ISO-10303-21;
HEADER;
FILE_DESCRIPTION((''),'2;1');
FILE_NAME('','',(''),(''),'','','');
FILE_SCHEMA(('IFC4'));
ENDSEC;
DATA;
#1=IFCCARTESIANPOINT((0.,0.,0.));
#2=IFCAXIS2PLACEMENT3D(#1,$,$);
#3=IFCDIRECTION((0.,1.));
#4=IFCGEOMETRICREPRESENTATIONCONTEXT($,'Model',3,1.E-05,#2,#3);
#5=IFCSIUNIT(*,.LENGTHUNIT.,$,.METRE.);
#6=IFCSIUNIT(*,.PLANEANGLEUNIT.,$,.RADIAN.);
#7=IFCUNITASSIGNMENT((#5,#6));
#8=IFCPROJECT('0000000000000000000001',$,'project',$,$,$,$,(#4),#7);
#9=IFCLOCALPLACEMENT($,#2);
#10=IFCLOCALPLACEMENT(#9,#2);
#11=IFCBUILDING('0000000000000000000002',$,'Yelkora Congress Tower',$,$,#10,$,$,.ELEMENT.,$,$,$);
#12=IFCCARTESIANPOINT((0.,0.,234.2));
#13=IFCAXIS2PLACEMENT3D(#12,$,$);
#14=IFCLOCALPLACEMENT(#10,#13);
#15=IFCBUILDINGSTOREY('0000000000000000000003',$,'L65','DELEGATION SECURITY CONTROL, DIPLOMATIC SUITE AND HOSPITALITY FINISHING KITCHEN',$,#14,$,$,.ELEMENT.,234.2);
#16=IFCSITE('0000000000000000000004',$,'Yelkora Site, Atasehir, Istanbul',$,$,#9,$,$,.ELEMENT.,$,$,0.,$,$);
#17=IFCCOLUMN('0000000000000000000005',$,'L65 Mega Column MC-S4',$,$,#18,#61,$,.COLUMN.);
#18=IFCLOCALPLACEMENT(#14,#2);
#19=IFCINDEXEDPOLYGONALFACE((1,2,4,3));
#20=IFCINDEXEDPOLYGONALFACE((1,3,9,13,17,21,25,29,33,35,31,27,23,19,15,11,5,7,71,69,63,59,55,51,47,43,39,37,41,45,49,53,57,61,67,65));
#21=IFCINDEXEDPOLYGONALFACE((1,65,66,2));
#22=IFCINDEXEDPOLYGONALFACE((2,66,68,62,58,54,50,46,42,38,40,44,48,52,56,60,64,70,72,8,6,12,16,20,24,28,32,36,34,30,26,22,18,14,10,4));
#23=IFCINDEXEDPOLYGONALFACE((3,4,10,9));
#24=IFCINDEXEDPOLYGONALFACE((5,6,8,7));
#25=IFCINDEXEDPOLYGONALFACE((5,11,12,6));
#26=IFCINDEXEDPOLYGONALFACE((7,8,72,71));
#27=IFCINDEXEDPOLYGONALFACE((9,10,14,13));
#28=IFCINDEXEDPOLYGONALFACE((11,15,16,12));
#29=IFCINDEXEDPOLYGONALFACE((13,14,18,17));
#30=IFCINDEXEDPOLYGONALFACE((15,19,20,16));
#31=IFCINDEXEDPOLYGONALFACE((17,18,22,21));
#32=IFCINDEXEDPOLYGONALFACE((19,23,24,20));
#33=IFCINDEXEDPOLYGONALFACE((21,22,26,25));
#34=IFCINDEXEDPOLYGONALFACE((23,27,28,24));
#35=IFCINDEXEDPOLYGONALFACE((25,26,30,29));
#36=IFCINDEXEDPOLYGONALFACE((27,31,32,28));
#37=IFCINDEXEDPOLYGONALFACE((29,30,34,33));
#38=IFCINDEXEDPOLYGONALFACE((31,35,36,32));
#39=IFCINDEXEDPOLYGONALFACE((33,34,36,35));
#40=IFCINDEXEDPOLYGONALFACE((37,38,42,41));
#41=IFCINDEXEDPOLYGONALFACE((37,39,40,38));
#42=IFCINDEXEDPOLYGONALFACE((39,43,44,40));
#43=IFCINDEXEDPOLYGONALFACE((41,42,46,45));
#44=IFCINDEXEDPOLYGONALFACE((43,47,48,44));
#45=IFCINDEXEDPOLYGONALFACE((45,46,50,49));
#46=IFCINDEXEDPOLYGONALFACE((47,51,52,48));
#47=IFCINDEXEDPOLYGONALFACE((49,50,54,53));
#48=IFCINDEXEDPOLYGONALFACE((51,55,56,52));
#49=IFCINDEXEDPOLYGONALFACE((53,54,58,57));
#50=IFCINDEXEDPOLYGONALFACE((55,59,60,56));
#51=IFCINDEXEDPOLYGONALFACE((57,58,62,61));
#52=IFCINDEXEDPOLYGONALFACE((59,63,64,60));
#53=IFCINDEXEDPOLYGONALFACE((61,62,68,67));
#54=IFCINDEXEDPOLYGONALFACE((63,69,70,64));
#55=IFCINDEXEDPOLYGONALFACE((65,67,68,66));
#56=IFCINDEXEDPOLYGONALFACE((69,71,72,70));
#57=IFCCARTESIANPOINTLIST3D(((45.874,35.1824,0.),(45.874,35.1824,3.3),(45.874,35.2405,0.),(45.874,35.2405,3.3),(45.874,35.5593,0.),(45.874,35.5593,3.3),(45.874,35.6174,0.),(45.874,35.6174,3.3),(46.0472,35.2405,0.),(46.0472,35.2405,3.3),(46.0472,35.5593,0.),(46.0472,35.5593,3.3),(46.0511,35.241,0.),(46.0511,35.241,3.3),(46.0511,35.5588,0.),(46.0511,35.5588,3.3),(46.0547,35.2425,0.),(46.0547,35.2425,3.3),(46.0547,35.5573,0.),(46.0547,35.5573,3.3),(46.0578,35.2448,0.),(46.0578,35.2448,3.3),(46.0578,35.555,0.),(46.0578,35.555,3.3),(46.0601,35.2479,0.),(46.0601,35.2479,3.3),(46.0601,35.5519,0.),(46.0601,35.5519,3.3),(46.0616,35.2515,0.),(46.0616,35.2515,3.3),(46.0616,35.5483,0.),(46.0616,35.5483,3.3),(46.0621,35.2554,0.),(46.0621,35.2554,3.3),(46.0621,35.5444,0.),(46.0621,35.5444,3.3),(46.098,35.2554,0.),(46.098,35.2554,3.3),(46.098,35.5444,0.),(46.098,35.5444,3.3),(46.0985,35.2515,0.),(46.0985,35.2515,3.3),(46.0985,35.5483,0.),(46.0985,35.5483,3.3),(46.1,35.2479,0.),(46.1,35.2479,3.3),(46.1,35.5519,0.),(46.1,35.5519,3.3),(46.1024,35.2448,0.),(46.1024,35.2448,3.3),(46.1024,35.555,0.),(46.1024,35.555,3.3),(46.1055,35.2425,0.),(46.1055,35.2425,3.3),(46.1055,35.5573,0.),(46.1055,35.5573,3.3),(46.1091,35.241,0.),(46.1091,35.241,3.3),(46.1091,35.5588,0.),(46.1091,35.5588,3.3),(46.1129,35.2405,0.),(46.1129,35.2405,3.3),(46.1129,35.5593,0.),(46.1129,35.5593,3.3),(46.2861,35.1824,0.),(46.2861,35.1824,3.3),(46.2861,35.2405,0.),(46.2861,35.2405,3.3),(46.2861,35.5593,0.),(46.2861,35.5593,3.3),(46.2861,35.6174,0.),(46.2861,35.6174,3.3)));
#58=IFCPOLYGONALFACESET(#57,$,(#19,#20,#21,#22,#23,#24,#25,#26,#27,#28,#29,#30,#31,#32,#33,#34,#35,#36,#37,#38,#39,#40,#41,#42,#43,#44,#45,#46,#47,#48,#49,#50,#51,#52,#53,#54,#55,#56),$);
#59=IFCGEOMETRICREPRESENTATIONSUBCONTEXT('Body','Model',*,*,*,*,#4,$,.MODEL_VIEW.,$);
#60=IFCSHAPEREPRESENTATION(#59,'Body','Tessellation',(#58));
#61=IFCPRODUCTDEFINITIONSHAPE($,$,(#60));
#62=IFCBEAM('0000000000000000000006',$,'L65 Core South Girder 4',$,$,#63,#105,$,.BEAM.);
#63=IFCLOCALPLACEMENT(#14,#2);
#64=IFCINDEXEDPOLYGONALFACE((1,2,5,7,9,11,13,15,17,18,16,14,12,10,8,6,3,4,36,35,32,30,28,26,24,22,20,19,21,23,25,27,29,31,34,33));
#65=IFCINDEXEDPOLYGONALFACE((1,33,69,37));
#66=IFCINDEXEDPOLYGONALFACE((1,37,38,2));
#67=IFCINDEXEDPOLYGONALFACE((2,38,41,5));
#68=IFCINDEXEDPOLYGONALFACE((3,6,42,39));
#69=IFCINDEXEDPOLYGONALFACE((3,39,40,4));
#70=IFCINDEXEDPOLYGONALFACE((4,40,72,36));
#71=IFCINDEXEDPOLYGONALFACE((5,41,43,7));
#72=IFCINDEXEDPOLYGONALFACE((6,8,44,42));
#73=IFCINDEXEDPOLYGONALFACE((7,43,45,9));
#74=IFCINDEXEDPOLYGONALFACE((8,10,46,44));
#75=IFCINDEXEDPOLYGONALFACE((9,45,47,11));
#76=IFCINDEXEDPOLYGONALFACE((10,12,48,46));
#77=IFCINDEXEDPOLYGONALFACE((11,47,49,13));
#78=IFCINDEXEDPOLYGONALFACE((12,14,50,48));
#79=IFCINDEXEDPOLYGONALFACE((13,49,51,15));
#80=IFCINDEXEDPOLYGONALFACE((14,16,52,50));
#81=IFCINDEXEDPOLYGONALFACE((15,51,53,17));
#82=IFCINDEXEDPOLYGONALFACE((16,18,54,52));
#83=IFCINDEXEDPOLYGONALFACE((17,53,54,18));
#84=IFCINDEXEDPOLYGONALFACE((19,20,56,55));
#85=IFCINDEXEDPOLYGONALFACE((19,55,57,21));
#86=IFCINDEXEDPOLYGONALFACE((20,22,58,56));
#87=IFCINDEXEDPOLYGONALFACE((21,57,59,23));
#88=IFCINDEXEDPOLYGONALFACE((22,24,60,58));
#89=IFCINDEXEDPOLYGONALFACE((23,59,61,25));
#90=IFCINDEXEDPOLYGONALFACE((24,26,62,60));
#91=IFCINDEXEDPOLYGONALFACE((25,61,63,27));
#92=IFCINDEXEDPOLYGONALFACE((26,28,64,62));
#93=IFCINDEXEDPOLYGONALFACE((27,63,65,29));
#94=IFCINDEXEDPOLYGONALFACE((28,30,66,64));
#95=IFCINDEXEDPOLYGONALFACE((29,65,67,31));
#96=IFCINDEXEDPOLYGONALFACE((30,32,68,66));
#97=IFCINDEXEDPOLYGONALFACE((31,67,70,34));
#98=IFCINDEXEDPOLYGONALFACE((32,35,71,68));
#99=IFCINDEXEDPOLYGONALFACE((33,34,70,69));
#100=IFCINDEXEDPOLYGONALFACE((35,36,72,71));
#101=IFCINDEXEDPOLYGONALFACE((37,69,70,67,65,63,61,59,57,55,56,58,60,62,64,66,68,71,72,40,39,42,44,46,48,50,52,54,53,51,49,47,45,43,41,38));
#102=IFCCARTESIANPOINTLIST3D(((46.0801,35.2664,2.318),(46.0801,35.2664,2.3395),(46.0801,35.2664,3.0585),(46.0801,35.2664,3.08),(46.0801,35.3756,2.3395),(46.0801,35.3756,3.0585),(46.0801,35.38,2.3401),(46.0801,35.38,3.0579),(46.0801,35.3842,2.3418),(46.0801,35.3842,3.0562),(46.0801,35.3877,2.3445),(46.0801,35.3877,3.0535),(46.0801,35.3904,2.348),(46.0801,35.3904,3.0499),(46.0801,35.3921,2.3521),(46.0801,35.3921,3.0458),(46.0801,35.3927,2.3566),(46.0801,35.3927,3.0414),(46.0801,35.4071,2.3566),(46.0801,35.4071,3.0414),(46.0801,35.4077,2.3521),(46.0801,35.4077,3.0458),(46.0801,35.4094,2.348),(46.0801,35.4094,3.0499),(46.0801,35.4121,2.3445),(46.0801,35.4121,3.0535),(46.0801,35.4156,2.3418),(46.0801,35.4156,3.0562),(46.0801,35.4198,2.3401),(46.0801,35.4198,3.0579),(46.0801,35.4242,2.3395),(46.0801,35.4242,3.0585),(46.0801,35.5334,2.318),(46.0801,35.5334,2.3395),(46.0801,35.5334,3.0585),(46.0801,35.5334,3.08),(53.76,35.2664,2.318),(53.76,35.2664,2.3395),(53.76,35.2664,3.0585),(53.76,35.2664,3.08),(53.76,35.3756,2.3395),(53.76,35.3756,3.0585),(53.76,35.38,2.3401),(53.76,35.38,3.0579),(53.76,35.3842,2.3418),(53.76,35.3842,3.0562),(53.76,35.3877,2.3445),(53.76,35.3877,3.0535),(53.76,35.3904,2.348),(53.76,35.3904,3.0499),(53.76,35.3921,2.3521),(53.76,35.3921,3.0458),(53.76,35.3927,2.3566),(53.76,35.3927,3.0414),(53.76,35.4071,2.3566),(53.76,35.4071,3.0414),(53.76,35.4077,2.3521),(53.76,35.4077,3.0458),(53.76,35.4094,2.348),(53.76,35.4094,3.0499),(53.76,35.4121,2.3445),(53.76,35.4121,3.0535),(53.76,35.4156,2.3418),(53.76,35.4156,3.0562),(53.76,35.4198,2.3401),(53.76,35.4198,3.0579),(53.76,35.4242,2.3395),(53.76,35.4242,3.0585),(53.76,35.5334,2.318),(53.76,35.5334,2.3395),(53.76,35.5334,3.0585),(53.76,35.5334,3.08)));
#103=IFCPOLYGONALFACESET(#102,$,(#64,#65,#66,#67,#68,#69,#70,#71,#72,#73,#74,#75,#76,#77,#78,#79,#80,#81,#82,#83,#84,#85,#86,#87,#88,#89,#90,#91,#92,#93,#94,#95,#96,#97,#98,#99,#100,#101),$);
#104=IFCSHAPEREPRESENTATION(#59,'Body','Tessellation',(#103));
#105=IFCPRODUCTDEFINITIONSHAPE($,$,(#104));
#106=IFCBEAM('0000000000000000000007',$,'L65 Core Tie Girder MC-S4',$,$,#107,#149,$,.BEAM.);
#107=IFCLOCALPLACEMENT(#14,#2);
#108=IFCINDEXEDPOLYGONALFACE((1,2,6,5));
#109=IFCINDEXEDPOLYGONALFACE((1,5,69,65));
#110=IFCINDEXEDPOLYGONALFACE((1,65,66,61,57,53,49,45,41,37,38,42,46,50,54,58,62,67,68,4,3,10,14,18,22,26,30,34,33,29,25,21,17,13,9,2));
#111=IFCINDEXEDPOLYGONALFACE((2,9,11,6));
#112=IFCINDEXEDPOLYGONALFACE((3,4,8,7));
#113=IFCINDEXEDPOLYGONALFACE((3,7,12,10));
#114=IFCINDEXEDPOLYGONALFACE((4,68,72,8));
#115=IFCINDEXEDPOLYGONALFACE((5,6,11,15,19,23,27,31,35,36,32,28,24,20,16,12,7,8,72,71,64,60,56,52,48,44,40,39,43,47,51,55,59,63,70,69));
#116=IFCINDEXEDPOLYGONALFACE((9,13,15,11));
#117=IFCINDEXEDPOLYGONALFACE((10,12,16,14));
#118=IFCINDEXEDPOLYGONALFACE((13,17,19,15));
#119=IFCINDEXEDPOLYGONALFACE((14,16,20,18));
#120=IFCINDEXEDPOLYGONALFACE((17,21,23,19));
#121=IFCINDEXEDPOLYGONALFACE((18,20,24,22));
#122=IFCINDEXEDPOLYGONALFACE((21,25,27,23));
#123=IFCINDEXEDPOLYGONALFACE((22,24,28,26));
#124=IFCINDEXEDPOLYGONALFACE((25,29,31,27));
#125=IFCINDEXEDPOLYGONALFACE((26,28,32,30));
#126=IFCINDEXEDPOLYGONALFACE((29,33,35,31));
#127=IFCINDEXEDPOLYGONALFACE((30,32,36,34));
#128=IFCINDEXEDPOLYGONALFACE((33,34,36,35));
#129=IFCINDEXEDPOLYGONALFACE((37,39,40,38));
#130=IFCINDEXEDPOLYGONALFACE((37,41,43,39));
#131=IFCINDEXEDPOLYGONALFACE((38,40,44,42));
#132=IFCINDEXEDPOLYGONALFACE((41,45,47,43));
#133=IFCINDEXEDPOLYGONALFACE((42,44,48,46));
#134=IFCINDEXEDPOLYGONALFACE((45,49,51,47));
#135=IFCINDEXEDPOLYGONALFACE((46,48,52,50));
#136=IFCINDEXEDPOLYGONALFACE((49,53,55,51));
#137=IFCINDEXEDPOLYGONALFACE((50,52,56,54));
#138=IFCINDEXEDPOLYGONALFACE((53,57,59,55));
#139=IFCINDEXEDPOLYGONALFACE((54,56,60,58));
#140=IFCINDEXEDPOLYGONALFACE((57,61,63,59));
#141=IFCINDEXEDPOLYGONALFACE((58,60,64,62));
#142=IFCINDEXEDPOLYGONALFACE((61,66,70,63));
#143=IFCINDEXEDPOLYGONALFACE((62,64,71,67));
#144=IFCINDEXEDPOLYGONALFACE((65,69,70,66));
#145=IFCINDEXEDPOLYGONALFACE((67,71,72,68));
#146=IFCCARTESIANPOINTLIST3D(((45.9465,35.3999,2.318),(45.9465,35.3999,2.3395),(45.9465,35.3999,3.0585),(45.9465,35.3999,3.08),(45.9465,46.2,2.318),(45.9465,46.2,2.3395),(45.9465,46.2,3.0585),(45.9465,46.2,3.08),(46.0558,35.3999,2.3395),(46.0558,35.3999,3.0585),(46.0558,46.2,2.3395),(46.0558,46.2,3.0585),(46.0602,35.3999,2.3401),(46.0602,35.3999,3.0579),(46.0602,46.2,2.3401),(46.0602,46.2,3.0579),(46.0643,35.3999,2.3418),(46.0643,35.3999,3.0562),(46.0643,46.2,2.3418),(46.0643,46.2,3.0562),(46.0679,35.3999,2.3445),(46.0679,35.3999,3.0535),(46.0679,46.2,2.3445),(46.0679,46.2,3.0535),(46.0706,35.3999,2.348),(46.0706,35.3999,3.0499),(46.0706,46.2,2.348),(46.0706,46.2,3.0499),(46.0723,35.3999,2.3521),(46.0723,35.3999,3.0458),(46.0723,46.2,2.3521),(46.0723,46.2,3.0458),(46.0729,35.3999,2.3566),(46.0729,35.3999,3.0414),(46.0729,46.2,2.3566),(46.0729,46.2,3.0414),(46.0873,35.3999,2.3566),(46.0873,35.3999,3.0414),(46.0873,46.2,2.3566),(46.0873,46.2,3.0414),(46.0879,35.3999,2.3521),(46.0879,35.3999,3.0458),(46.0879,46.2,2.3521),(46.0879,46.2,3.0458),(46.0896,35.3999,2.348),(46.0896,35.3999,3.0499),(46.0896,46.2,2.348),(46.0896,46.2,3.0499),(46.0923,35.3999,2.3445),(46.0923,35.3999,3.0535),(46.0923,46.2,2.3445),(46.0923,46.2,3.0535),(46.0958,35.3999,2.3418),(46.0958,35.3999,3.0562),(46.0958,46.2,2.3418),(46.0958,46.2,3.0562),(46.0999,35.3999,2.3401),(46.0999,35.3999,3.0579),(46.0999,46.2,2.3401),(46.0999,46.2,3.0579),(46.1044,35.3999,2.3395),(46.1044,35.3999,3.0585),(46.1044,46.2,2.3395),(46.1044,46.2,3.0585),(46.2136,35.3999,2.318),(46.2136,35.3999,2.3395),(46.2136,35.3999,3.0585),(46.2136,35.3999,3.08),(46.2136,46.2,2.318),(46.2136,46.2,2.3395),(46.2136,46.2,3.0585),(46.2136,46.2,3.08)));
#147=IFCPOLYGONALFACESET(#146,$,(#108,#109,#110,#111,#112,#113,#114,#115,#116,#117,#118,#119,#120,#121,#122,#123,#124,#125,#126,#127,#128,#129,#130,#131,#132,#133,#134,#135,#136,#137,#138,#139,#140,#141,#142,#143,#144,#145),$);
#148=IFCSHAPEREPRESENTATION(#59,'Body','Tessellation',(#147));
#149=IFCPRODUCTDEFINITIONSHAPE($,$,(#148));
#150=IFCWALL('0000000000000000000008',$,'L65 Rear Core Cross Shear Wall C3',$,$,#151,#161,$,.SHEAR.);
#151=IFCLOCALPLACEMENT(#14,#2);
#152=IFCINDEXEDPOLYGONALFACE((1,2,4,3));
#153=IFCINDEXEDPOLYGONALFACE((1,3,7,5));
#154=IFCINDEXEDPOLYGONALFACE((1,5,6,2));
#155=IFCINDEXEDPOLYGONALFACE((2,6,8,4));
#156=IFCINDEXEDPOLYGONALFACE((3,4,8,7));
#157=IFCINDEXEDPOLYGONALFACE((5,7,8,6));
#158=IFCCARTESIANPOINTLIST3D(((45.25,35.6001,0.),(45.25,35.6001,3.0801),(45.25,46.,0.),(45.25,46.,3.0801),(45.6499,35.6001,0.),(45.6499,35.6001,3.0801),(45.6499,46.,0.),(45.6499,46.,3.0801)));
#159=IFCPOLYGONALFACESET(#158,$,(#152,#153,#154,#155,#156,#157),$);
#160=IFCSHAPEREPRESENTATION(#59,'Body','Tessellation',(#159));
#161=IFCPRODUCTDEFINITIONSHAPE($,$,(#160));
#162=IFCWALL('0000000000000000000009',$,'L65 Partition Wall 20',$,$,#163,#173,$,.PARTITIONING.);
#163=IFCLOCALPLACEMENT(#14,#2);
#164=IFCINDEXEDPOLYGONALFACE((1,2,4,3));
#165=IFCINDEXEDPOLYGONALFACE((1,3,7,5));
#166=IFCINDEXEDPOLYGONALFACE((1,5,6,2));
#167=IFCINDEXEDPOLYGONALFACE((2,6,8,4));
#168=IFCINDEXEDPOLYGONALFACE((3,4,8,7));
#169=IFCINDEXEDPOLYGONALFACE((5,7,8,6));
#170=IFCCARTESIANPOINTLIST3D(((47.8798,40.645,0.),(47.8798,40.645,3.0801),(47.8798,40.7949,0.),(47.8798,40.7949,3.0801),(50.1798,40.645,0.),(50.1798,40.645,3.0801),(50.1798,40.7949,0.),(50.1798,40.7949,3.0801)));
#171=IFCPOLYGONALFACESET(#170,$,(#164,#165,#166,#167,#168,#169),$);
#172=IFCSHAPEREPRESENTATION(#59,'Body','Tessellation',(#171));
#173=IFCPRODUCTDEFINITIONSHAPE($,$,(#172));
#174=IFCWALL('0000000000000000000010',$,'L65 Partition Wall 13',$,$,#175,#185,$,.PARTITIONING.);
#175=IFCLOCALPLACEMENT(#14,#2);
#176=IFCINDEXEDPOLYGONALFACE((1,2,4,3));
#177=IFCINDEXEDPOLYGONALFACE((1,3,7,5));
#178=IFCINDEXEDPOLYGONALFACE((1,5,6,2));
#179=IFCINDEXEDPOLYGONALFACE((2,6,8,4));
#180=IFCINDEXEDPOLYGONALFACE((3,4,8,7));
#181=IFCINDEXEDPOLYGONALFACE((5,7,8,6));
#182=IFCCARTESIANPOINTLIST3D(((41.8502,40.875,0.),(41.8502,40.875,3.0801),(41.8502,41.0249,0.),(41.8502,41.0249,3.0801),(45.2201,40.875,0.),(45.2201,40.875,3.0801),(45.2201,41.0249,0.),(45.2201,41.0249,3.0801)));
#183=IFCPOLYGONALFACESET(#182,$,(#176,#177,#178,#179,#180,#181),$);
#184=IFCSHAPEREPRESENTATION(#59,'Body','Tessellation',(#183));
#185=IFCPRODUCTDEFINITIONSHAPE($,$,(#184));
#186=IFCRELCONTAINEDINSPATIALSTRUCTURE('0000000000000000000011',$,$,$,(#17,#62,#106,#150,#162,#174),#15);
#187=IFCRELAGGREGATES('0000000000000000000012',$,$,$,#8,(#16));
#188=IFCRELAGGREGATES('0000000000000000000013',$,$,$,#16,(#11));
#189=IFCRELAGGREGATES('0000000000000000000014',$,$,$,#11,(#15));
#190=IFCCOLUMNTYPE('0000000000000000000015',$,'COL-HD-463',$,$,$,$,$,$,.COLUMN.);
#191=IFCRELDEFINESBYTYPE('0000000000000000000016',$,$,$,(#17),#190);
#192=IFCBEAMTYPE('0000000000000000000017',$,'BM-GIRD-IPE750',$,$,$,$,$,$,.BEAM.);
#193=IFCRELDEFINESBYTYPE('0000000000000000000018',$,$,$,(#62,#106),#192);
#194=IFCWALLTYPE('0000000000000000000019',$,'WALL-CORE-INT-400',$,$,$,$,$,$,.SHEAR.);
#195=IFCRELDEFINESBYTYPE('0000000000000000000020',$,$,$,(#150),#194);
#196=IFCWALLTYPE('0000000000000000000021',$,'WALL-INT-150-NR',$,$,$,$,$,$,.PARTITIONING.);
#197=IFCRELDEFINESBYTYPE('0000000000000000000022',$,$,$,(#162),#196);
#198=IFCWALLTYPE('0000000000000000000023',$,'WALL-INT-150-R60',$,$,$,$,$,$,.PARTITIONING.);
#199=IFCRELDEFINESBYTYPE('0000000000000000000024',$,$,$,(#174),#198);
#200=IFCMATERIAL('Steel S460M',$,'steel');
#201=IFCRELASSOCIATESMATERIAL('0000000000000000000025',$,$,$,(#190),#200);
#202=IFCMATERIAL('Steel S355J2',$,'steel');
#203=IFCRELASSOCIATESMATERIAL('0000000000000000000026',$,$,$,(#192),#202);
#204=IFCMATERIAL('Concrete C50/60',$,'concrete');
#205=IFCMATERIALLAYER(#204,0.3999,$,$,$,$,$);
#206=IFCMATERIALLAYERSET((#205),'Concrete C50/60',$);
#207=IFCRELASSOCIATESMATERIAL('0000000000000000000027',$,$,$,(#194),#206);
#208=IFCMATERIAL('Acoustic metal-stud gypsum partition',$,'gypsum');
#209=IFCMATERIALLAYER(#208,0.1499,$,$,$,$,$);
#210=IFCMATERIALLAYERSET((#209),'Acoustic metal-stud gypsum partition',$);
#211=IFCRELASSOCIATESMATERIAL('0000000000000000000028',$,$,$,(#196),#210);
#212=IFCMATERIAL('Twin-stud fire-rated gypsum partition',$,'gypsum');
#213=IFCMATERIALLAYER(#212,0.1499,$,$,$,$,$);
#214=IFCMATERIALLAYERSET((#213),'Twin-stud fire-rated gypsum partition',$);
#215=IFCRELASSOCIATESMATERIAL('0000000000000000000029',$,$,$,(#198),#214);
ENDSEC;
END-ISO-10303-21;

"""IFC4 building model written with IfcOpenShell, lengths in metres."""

from ifc_helpers import new_model, si_unit, direction, frame, frame_2d, origin, origin_2d, place, context, subcontext, project, spatial, rectangle, i_section, extrude, material, layer, layer_set, material_profile, profile_set, type_object, element, save


model = new_model("IFC4")

# Units and contexts
model_context = context("Model", 3, precision=1e-05, world=origin(), true_north=direction((0.0, 1.0)))
body_context = subcontext(model_context, "Body", "Model", "MODEL_VIEW")
ifc_project = project(units=[si_unit("LENGTHUNIT", "METRE"), si_unit("PLANEANGLEUNIT", "RADIAN")], contexts=[model_context])

# Site, building, storey
site_placement = place(None, origin())
site = spatial("IfcSite", under=ifc_project, at=site_placement, Name="Yelkora Site, Atasehir, Istanbul", CompositionType="ELEMENT", RefElevation=0.0)
building_placement = place(site_placement, origin())
building = spatial("IfcBuilding", under=site, at=building_placement, Name="Yelkora Congress Tower", CompositionType="ELEMENT")
storey_placement = place(building_placement, frame((0.0, 0.0, 234.2)))
storey = spatial("IfcBuildingStorey", under=building, at=storey_placement, Name="L65", Description="DELEGATION SECURITY CONTROL, DIPLOMATIC SUITE AND HOSPITALITY FINISHING KITCHEN", CompositionType="ELEMENT", Elevation=234.2)

# Column
ifc_material_1 = material(Name="Steel S460M", Category="steel")
ifc_material_profile_1 = material_profile(ifc_material_1, i_section(OverallWidth=0.4121, OverallDepth=0.4351, WebThickness=0.0359, FlangeThickness=0.0581, FilletRadius=0.0149, at=origin_2d()), Name="HD 400x463")
ifc_profile_set_1 = profile_set([ifc_material_profile_1], Name="Steel S460M")
column_type = type_object("IfcColumnType", Name="COL-HD-463", PredefinedType="COLUMN", material=ifc_profile_set_1)
column_placement = place(storey_placement, frame((46.0801, 35.3999, 0.0), z_axis=(0.0, 0.0, 1.0), x_axis=(1.0, 0.0, 0.0)))
element("IfcColumn", 1, at=column_placement, inside=storey, type_object=column_type, Name="L65 Mega Column MC-S4", PredefinedType="COLUMN", context=body_context, shape_type="SweptSolid", body=[
    extrude(i_section(OverallWidth=0.4121, OverallDepth=0.4351, WebThickness=0.0359, FlangeThickness=0.0581, FilletRadius=0.0149, at=origin_2d()), origin(), (0.0, 0.0, 1.0), 3.3),
])

# Beams
ifc_material_2 = material(Name="Steel S355J2", Category="steel")
ifc_material_profile_2 = material_profile(ifc_material_2, i_section(OverallWidth=0.2671, OverallDepth=0.762, WebThickness=0.0144, FlangeThickness=0.0215, FilletRadius=0.0171, at=origin_2d()), Name="IPE 750x173")
ifc_profile_set_2 = profile_set([ifc_material_profile_2], Name="Steel S355J2")
beam_type = type_object("IfcBeamType", Name="BM-GIRD-IPE750", PredefinedType="BEAM", material=ifc_profile_set_2)
beam_1_placement = place(storey_placement, frame((46.0801, 35.3999, 2.699), z_axis=(1.0, 0.0, 0.0), x_axis=(0.0, 1.0, 0.0)))
element("IfcBeam", 2, at=beam_1_placement, inside=storey, type_object=beam_type, Name="L65 Core South Girder 4", PredefinedType="BEAM", context=body_context, shape_type="SweptSolid", body=[
    extrude(i_section(OverallWidth=0.2671, OverallDepth=0.762, WebThickness=0.0144, FlangeThickness=0.0215, FilletRadius=0.0171, at=origin_2d()), origin(), (0.0, 0.0, 1.0), 7.6799),
])
beam_2_placement = place(storey_placement, frame((46.0801, 35.3999, 2.699), z_axis=(0.0, 1.0, 0.0), x_axis=(-1.0, 0.0, 0.0)))
element("IfcBeam", 3, at=beam_2_placement, inside=storey, type_object=beam_type, Name="L65 Core Tie Girder MC-S4", PredefinedType="BEAM", context=body_context, shape_type="SweptSolid", body=[
    extrude(i_section(OverallWidth=0.2671, OverallDepth=0.762, WebThickness=0.0144, FlangeThickness=0.0215, FilletRadius=0.0171, at=origin_2d()), origin(), (0.0, 0.0, 1.0), 10.8),
])

# Shared definitions
ifc_material_3 = material(Name="Concrete C50/60", Category="concrete")
ifc_layer_1 = layer(ifc_material_3, 0.3999)
ifc_layer_set_1 = layer_set([ifc_layer_1], Name="Concrete C50/60")
wall_type_1 = type_object("IfcWallType", Name="WALL-CORE-INT-400", PredefinedType="SHEAR", material=ifc_layer_set_1)

# Walls
wall_1_placement = place(storey_placement, frame((45.45, 35.6001, 0.0), z_axis=(0.0, 0.0, 1.0), x_axis=(0.0, 1.0, 0.0)))
element("IfcWall", 4, at=wall_1_placement, inside=storey, type_object=wall_type_1, Name="L65 Rear Core Cross Shear Wall C3", PredefinedType="SHEAR", context=body_context, shape_type="SweptSolid", body=[
    extrude(rectangle(XDim=10.3999, YDim=0.3999, at=frame_2d((5.2, 0.0))), origin(), (0.0, 0.0, 1.0), 3.0801),
])
ifc_material_4 = material(Name="Acoustic metal-stud gypsum partition", Category="gypsum")
ifc_layer_2 = layer(ifc_material_4, 0.1499)
ifc_layer_set_2 = layer_set([ifc_layer_2], Name="Acoustic metal-stud gypsum partition")
wall_type_2 = type_object("IfcWallType", Name="WALL-INT-150-NR", PredefinedType="PARTITIONING", material=ifc_layer_set_2)
wall_2_placement = place(storey_placement, frame((47.8799, 40.72, 0.0), z_axis=(0.0, 0.0, 1.0), x_axis=(1.0, 0.0, 0.0)))
element("IfcWall", 5, at=wall_2_placement, inside=storey, type_object=wall_type_2, Name="L65 Partition Wall 20", PredefinedType="PARTITIONING", context=body_context, shape_type="SweptSolid", body=[
    extrude(rectangle(XDim=2.3, YDim=0.1499, at=frame_2d((1.1499, 0.0))), origin(), (0.0, 0.0, 1.0), 3.0801),
])

# Wall
ifc_material_5 = material(Name="Twin-stud fire-rated gypsum partition", Category="gypsum")
ifc_layer_3 = layer(ifc_material_5, 0.1499)
ifc_layer_set_3 = layer_set([ifc_layer_3], Name="Twin-stud fire-rated gypsum partition")
wall_type_3 = type_object("IfcWallType", Name="WALL-INT-150-R60", PredefinedType="PARTITIONING", material=ifc_layer_set_3)
wall_3_placement = place(storey_placement, frame((41.8501, 40.95, 0.0), z_axis=(0.0, 0.0, 1.0), x_axis=(1.0, 0.0, 0.0)))
element("IfcWall", 6, at=wall_3_placement, inside=storey, type_object=wall_type_3, Name="L65 Partition Wall 13", PredefinedType="PARTITIONING", context=body_context, shape_type="SweptSolid", body=[
    extrude(rectangle(XDim=3.3699, YDim=0.1499, at=frame_2d((1.6851, 0.0))), origin(), (0.0, 0.0, 1.0), 3.0801),
])

save(model, "model.ifc")
